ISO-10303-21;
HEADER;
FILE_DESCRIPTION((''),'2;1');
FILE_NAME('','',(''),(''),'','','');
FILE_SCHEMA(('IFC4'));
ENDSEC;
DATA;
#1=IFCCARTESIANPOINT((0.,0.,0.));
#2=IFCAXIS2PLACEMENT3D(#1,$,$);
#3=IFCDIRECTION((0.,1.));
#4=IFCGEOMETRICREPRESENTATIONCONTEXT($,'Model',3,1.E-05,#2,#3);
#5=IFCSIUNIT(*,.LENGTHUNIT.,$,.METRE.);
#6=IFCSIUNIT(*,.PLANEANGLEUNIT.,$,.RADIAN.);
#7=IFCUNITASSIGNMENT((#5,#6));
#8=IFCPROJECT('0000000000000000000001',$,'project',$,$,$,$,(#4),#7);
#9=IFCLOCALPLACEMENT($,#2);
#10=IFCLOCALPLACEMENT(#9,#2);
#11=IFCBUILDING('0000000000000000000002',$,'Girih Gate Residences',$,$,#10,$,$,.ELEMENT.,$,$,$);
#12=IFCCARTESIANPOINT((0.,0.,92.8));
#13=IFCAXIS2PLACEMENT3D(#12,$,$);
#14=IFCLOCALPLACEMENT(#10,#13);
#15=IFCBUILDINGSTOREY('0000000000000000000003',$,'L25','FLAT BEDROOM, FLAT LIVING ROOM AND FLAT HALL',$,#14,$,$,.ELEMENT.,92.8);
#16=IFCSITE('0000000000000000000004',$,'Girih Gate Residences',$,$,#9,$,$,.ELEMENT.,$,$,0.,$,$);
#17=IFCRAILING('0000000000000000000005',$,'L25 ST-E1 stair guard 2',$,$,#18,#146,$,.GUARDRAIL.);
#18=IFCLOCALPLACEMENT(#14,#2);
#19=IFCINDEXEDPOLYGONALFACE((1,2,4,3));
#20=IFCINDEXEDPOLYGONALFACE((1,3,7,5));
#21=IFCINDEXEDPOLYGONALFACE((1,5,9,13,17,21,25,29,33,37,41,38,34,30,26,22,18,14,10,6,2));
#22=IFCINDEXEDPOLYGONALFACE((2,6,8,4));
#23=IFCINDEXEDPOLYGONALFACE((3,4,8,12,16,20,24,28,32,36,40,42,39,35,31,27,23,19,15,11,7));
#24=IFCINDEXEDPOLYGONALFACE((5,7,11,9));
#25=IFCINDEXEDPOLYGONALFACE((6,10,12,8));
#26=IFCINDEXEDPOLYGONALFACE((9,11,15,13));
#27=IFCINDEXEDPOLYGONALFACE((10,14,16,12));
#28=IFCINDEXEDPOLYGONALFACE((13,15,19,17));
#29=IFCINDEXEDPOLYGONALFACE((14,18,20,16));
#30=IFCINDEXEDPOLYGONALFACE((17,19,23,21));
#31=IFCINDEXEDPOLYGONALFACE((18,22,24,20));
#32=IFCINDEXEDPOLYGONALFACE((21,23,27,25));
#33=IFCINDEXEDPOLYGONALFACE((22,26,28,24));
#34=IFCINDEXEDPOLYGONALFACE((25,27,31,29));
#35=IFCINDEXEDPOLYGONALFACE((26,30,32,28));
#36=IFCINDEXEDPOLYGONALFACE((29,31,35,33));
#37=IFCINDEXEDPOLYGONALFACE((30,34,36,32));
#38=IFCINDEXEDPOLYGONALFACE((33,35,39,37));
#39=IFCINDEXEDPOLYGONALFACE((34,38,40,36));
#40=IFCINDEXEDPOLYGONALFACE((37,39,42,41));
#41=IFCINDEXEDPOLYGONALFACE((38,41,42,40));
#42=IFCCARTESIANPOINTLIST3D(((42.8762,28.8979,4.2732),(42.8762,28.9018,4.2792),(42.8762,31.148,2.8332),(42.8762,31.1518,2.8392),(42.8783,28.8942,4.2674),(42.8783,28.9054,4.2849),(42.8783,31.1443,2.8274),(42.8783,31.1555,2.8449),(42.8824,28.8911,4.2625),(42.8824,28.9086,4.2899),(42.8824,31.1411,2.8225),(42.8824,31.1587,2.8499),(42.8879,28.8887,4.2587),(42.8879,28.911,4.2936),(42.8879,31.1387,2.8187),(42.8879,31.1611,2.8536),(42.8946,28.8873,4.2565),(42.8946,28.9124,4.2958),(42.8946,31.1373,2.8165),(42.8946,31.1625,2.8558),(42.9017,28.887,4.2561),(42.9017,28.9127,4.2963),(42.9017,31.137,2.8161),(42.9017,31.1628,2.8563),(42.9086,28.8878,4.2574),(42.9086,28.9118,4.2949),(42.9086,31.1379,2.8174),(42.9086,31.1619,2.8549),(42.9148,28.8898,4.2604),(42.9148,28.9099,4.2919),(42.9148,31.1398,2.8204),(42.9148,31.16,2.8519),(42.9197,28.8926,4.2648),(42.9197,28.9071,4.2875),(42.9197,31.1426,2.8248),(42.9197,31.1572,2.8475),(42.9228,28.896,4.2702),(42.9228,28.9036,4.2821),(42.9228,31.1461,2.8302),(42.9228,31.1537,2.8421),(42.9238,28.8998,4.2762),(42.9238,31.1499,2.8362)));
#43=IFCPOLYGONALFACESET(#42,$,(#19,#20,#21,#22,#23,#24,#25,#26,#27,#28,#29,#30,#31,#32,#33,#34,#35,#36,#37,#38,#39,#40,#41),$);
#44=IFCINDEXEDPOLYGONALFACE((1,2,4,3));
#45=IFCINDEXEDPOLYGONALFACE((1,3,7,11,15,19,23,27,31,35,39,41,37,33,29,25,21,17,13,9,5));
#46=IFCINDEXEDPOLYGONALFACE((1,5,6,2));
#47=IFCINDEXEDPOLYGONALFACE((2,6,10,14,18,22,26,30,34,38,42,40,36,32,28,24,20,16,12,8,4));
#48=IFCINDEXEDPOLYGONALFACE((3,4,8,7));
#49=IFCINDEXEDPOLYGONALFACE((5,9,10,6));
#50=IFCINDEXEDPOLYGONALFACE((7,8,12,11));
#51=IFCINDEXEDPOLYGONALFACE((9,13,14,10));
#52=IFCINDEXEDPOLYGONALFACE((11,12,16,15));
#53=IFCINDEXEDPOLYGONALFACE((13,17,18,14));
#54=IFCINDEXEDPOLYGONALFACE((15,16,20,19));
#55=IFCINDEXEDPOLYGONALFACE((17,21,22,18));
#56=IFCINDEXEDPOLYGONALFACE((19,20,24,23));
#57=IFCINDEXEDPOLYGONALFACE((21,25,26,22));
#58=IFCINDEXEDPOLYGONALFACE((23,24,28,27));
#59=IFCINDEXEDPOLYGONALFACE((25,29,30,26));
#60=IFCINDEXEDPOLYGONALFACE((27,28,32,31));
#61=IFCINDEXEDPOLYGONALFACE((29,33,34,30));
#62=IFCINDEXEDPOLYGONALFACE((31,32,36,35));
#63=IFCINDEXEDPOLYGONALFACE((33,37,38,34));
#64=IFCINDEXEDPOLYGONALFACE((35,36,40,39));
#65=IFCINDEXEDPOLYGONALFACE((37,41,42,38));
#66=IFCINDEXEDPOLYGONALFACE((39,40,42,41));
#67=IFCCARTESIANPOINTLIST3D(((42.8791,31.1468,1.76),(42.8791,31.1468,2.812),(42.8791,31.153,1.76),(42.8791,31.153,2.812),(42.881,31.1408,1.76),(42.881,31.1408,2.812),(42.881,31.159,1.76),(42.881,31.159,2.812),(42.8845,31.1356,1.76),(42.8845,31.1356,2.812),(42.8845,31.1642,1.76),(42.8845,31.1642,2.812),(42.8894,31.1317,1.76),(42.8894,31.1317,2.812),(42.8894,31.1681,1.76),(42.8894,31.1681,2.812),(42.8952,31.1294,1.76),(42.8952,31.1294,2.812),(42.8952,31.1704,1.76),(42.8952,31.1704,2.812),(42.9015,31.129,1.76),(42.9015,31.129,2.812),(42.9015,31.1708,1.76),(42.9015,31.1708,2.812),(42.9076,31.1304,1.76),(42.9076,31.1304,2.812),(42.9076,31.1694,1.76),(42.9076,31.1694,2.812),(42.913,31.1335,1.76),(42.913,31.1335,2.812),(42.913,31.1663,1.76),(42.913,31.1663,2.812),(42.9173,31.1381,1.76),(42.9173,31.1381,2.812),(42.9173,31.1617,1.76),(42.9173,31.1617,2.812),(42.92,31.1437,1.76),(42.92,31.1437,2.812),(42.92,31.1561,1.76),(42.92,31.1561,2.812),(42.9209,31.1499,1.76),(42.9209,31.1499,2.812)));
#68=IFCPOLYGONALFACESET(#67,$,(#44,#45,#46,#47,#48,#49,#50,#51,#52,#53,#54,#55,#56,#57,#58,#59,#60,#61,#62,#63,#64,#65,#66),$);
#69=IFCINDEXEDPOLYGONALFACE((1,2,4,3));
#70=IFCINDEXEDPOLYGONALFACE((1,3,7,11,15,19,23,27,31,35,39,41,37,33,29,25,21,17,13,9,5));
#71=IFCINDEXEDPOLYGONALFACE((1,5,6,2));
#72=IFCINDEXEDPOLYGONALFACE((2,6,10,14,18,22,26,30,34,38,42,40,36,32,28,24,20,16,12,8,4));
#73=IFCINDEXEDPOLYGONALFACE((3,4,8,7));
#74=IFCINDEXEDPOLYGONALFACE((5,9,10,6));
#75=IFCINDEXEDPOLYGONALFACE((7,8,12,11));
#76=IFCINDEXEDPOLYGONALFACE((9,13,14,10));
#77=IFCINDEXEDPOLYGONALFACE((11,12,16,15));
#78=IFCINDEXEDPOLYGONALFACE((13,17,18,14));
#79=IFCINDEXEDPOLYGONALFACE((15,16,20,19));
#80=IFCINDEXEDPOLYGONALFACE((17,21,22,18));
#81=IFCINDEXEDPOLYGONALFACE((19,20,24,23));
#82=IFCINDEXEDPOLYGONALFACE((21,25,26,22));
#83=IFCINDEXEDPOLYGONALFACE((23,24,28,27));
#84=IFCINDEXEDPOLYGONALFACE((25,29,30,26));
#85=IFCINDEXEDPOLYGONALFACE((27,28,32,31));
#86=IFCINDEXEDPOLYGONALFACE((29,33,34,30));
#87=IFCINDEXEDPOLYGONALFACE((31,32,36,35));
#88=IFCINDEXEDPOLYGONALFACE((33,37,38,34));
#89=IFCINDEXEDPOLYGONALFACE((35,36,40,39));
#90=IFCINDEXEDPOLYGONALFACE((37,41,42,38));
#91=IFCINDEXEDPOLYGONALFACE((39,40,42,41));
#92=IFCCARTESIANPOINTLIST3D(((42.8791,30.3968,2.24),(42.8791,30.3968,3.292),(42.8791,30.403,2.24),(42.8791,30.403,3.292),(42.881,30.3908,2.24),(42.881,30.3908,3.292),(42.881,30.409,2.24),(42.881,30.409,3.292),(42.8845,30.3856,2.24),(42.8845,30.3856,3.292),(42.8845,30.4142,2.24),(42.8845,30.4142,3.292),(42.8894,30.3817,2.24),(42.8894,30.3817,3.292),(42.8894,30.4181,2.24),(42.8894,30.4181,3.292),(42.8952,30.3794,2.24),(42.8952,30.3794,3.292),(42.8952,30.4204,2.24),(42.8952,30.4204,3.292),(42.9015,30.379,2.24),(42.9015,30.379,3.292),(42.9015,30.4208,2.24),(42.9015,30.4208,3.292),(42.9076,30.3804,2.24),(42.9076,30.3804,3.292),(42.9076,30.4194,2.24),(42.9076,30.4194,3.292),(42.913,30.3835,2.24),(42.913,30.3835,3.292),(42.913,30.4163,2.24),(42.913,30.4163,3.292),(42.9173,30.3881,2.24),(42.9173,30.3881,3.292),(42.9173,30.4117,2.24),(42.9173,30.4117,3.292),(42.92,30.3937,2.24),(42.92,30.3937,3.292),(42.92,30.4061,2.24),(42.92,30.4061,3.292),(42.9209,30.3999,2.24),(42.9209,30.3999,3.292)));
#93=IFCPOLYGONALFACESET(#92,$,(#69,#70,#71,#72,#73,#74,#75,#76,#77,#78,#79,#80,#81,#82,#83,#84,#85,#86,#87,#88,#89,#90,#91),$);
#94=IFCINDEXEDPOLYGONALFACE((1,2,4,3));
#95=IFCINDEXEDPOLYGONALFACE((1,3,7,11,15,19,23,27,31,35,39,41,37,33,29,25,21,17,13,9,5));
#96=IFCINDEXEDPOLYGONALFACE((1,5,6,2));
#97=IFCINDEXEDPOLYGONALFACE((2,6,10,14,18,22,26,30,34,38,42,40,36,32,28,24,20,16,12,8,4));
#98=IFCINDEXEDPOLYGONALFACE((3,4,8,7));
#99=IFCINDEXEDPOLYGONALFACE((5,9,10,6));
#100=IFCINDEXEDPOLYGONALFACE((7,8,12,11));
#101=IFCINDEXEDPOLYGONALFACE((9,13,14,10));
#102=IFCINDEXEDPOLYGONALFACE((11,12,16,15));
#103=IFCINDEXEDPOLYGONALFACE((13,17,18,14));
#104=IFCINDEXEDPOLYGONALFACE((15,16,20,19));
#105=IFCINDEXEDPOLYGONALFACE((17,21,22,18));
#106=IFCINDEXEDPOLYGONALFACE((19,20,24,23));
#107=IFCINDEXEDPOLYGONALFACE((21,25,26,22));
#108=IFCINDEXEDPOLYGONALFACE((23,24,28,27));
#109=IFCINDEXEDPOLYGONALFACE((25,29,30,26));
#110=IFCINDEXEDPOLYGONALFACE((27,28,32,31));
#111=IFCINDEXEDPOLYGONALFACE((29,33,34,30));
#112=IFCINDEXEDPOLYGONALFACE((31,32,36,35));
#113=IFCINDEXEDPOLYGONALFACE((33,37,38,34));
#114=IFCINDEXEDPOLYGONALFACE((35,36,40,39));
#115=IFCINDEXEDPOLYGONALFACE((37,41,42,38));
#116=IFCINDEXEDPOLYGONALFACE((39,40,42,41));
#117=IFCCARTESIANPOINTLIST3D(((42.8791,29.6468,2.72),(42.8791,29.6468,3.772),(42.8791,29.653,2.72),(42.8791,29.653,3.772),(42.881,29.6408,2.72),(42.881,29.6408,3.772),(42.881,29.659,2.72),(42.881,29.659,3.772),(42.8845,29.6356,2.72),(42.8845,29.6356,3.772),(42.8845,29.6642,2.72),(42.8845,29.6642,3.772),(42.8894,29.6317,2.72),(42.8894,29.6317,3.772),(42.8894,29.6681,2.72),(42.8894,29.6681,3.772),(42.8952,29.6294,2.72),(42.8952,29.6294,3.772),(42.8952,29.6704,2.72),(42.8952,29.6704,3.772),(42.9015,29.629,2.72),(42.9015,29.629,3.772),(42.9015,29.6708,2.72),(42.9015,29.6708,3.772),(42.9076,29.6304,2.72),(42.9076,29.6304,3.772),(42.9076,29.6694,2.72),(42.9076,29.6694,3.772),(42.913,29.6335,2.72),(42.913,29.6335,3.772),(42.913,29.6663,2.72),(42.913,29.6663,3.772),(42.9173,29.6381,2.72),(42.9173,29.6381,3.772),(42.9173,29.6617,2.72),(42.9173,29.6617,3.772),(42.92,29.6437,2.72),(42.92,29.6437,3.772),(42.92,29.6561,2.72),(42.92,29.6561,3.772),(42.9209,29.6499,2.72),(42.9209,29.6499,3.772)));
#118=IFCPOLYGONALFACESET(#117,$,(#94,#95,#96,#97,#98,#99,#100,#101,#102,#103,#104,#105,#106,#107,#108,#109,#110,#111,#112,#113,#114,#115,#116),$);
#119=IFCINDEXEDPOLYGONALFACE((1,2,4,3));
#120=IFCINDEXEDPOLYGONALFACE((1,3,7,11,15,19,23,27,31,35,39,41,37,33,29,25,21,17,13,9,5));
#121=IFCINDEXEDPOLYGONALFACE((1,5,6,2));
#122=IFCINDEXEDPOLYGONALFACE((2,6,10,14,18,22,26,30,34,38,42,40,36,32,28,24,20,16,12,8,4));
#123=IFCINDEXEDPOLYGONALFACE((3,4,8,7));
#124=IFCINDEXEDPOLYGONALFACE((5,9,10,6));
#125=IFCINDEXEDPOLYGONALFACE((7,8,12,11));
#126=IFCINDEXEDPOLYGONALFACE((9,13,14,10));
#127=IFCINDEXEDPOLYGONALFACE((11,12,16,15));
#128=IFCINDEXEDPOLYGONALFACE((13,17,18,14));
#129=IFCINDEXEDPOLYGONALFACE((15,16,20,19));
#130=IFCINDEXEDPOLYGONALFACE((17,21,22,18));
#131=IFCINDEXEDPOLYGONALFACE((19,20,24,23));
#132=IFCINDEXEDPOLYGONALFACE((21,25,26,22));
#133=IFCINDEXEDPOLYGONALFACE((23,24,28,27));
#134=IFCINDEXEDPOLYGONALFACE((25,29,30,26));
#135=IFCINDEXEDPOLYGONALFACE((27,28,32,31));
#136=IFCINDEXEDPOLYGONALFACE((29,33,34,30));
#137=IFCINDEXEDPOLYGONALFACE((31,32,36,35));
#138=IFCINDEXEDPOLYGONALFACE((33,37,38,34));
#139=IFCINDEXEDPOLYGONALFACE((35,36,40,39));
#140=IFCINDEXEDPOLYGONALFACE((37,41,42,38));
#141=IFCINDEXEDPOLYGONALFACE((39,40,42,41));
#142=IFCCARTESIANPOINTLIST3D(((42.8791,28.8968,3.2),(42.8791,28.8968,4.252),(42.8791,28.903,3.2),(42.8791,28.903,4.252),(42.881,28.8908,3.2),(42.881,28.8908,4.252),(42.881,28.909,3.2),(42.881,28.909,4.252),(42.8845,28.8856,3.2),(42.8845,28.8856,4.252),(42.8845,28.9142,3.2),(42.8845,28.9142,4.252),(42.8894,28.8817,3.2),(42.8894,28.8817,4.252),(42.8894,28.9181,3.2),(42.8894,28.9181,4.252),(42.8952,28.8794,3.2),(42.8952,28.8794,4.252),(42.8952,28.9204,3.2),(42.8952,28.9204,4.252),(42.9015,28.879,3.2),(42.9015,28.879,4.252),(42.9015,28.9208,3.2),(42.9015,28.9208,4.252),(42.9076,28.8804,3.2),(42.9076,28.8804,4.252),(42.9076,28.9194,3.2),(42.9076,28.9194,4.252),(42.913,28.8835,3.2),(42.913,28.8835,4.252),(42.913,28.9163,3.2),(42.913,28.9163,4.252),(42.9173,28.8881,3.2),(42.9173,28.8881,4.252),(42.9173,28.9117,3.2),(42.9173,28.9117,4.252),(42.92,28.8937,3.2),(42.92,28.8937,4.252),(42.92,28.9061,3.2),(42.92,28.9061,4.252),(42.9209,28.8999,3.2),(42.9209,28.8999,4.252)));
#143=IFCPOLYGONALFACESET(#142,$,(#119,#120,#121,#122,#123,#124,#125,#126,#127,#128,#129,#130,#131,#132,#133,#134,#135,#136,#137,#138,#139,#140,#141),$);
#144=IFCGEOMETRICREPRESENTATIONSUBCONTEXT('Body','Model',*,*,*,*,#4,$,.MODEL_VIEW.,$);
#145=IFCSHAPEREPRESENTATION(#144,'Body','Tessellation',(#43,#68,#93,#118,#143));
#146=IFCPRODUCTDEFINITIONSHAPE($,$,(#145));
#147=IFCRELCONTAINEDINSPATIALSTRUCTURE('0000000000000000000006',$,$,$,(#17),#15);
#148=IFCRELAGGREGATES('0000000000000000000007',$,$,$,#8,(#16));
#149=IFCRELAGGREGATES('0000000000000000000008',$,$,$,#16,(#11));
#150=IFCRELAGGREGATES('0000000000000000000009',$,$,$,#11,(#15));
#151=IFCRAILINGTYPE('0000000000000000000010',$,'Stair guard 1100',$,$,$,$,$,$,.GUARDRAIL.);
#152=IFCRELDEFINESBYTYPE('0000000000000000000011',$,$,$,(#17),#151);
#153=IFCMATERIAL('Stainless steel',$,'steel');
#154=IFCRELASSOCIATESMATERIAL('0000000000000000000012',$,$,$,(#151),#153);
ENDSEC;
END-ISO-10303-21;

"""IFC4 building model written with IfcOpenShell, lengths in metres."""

from ifc_helpers import new_model, si_unit, direction, frame, origin, origin_2d, place, context, subcontext, project, spatial, circle, extrude, material, type_object, element, save


model = new_model("IFC4")

# Units and contexts
model_context = context("Model", 3, precision=1e-05, world=origin(), true_north=direction((0.0, 1.0)))
body_context = subcontext(model_context, "Body", "Model", "MODEL_VIEW")
ifc_project = project(units=[si_unit("LENGTHUNIT", "METRE"), si_unit("PLANEANGLEUNIT", "RADIAN")], contexts=[model_context])

# Site, building, storey
site_placement = place(None, origin())
site = spatial("IfcSite", under=ifc_project, at=site_placement, Name="Girih Gate Residences", CompositionType="ELEMENT", RefElevation=0.0)
building_placement = place(site_placement, origin())
building = spatial("IfcBuilding", under=site, at=building_placement, Name="Girih Gate Residences", CompositionType="ELEMENT")
storey_placement = place(building_placement, frame((0.0, 0.0, 92.8)))
storey = spatial("IfcBuildingStorey", under=building, at=storey_placement, Name="L25", Description="FLAT BEDROOM, FLAT LIVING ROOM AND FLAT HALL", CompositionType="ELEMENT", Elevation=92.8)

# Railing
ifc_material_1 = material(Name="Stainless steel", Category="steel")
railing_type_1 = type_object("IfcRailingType", Name="Stair guard 1100", PredefinedType="GUARDRAIL", material=ifc_material_1)
railing_1_placement = place(storey_placement, frame((42.8999, 31.1499, 1.76)))
element("IfcRailing", 1, at=railing_1_placement, inside=storey, type_object=railing_type_1, Name="L25 ST-E1 stair guard 2", PredefinedType="GUARDRAIL", context=body_context, shape_type="SweptSolid", body=[
    extrude(circle(Radius=0.0239, at=origin_2d()), frame((0.0, 0.0, 1.0762), z_axis=(0.0, -0.842281, 0.539038), x_axis=(1.0, 0.0, 0.0)), (0.0, 0.0, 1.0), 2.6714),
    extrude(circle(Radius=0.021, at=origin_2d()), origin(), (0.0, 0.0, 1.0), 1.052),
    extrude(circle(Radius=0.021, at=origin_2d()), frame((0.0, -0.75, 0.48)), (0.0, 0.0, 1.0), 1.052),
    extrude(circle(Radius=0.021, at=origin_2d()), frame((0.0, -1.5, 0.96)), (0.0, 0.0, 1.0), 1.052),
    extrude(circle(Radius=0.021, at=origin_2d()), frame((0.0, -2.25, 1.4399)), (0.0, 0.0, 1.0), 1.052),
])

save(model, "model.ifc")
